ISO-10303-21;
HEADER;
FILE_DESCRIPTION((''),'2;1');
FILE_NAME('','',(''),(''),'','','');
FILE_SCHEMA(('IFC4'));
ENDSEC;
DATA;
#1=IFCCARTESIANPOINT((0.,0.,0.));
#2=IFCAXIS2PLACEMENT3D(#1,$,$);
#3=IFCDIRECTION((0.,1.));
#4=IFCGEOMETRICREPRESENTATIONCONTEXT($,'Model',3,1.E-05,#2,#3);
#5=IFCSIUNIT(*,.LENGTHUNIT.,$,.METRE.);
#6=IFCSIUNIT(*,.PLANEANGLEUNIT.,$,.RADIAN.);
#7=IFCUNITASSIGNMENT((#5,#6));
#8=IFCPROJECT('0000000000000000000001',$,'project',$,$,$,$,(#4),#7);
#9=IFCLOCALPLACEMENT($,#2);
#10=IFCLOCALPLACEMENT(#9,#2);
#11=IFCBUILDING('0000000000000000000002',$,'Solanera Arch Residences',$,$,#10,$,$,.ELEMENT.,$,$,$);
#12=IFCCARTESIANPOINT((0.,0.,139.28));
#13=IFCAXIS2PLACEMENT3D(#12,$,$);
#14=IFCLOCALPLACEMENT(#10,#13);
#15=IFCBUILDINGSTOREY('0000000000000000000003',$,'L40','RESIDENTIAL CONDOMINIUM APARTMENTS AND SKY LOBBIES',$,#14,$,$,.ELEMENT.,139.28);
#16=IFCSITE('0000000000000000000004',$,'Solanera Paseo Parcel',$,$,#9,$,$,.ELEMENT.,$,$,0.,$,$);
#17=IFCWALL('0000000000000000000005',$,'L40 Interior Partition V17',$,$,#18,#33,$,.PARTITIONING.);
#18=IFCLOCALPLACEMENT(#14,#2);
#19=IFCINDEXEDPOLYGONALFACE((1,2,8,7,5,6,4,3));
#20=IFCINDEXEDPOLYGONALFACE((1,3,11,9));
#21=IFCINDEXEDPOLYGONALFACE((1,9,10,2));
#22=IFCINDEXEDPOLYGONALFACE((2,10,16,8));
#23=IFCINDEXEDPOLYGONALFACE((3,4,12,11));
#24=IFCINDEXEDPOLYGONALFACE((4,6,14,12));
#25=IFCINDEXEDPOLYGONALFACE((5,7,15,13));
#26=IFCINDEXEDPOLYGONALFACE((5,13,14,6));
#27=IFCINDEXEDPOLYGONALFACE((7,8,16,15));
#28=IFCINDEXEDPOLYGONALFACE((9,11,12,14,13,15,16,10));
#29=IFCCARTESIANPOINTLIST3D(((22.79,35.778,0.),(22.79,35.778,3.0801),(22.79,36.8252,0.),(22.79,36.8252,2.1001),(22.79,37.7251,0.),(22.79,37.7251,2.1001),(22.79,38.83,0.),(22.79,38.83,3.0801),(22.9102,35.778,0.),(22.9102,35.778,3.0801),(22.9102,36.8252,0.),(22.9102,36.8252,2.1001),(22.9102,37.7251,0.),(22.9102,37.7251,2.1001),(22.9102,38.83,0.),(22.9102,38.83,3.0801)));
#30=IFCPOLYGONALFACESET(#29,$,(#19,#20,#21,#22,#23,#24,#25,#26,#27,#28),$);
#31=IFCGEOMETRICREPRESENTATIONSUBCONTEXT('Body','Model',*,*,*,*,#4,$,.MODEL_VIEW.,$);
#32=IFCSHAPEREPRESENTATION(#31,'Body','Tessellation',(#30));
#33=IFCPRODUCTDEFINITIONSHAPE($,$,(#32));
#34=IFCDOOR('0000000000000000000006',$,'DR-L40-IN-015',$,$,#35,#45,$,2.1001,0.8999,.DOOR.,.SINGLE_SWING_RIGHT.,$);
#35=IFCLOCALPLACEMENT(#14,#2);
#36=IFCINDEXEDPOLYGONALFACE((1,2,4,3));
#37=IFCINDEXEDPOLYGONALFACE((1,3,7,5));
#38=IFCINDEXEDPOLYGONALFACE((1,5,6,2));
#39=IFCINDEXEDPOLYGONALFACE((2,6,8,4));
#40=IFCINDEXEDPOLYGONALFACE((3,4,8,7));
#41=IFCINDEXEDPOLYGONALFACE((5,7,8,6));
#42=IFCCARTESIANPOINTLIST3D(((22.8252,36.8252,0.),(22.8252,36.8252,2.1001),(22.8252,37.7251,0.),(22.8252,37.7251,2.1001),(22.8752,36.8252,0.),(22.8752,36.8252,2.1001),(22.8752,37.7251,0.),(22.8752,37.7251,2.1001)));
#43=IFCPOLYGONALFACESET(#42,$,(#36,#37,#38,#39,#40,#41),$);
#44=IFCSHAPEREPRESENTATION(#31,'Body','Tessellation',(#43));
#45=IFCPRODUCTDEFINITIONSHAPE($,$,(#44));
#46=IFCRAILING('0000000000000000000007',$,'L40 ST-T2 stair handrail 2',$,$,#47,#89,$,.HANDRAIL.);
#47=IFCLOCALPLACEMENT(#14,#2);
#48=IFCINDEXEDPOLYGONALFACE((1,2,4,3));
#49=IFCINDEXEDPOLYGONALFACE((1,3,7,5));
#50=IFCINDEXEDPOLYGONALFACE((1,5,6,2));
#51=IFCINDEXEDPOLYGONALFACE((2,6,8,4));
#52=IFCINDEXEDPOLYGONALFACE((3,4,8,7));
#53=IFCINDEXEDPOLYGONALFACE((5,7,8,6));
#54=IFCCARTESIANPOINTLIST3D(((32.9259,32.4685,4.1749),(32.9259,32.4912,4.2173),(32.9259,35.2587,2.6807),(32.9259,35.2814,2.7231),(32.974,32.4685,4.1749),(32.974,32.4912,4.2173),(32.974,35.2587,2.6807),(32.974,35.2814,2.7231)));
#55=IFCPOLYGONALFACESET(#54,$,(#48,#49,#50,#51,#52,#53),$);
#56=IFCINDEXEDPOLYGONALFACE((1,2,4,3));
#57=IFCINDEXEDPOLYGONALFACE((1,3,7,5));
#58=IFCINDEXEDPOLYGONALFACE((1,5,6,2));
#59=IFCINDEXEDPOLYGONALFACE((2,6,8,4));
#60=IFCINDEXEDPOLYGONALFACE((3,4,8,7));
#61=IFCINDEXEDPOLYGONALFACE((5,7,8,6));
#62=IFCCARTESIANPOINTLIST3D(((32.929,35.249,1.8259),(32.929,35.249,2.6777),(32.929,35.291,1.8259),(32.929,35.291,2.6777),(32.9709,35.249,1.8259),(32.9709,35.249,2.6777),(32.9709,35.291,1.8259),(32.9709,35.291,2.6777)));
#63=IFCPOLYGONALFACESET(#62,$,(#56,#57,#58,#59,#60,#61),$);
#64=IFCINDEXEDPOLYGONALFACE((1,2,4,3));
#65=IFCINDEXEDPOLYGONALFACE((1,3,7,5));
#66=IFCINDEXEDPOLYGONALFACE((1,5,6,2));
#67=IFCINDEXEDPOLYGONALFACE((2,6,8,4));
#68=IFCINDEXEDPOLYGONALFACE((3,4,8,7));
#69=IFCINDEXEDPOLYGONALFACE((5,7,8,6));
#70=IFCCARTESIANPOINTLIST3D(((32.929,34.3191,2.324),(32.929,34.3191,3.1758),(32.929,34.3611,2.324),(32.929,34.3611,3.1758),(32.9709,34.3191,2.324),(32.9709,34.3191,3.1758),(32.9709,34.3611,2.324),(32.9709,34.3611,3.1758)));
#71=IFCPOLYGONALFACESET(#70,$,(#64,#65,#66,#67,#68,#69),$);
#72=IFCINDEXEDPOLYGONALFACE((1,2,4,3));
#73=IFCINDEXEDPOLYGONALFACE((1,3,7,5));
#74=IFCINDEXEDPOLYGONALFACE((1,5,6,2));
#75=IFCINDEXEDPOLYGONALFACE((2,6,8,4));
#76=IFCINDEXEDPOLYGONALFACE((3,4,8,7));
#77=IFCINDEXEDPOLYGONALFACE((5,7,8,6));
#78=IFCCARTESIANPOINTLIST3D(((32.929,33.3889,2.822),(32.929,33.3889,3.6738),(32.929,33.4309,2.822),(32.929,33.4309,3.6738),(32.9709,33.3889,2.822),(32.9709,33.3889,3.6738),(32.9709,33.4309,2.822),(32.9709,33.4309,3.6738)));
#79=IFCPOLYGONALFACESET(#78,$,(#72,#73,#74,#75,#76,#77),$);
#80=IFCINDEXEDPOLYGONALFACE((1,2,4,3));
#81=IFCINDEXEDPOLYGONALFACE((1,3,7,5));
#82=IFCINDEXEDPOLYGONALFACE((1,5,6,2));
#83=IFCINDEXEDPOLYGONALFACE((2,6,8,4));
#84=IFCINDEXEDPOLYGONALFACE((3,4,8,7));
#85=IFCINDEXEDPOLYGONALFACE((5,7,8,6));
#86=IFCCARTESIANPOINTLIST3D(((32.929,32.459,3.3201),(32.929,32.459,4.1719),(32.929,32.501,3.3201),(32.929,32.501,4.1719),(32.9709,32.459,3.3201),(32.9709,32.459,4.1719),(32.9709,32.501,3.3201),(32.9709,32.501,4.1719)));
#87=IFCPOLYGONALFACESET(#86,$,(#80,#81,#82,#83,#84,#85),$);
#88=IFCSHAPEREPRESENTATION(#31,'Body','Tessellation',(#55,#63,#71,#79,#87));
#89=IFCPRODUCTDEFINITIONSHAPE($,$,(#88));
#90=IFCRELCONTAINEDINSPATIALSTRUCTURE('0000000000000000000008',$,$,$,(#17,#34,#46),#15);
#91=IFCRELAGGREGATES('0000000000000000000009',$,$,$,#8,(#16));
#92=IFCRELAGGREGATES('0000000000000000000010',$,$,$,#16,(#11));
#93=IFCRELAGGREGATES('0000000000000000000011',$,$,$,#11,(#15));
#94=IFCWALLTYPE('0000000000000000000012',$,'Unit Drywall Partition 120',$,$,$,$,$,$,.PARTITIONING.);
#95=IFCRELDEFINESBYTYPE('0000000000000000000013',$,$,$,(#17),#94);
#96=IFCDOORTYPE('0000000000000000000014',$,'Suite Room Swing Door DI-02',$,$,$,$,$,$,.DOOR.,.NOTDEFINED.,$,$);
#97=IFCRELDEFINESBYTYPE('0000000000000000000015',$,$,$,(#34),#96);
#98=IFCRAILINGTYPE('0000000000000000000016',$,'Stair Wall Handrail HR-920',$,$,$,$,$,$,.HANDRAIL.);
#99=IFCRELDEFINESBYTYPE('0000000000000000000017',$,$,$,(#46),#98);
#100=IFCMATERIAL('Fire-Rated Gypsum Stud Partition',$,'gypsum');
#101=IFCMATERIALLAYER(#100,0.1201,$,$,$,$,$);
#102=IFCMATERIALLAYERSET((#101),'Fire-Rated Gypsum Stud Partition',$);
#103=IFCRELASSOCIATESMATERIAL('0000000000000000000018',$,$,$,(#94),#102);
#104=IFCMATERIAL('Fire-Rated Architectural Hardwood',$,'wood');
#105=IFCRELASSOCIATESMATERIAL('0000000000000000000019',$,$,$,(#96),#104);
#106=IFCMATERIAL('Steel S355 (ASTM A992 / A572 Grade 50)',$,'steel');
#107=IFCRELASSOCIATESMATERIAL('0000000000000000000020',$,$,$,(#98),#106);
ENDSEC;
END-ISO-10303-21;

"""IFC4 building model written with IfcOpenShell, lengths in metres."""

from ifc_helpers import new_model, si_unit, direction, frame, frame_2d, origin, origin_2d, place, context, subcontext, project, spatial, rectangle, extrude, material, layer, layer_set, type_object, element, fill, save


model = new_model("IFC4")

# Units and contexts
model_context = context("Model", 3, precision=1e-05, world=origin(), true_north=direction((0.0, 1.0)))
body_context = subcontext(model_context, "Body", "Model", "MODEL_VIEW")
ifc_project = project(units=[si_unit("LENGTHUNIT", "METRE"), si_unit("PLANEANGLEUNIT", "RADIAN")], contexts=[model_context])

# Site, building, storey
site_placement = place(None, origin())
site = spatial("IfcSite", under=ifc_project, at=site_placement, Name="Solanera Paseo Parcel", CompositionType="ELEMENT", RefElevation=0.0)
building_placement = place(site_placement, origin())
building = spatial("IfcBuilding", under=site, at=building_placement, Name="Solanera Arch Residences", CompositionType="ELEMENT")
storey_placement = place(building_placement, frame((0.0, 0.0, 139.28)))
storey = spatial("IfcBuildingStorey", under=building, at=storey_placement, Name="L40", Description="RESIDENTIAL CONDOMINIUM APARTMENTS AND SKY LOBBIES", CompositionType="ELEMENT", Elevation=139.28)

# Wall, opening, door
ifc_material_1 = material(Name="Fire-Rated Gypsum Stud Partition", Category="gypsum")
ifc_layer_1 = layer(ifc_material_1, 0.1201)
ifc_layer_set_1 = layer_set([ifc_layer_1], Name="Fire-Rated Gypsum Stud Partition")
wall_type_1 = type_object("IfcWallType", Name="Unit Drywall Partition 120", PredefinedType="PARTITIONING", material=ifc_layer_set_1)
wall_1_placement = place(storey_placement, frame((22.8501, 35.7781, 0.0), z_axis=(0.0, 0.0, 1.0), x_axis=(0.0, 1.0, 0.0)))
wall_1 = element("IfcWall", 1, at=wall_1_placement, inside=storey, type_object=wall_type_1, Name="L40 Interior Partition V17", PredefinedType="PARTITIONING", context=body_context, shape_type="SweptSolid", body=[
    extrude(rectangle(XDim=3.052, YDim=0.1201, at=frame_2d((1.5259, 0.0))), origin(), (0.0, 0.0, 1.0), 3.0801),
])
opening_1_placement = place(wall_1_placement, frame((1.0471, 0.0, 0.0)))
opening_1 = element("IfcOpeningElement", 2, at=opening_1_placement, cuts=wall_1, PredefinedType="OPENING", context=body_context, shape_type="SweptSolid", body=[
    extrude(rectangle(XDim=0.8999, YDim=2.1001, at=frame_2d((0.45, 1.05))), frame((0.0, 0.0701, 0.0), z_axis=(0.0, -1.0, 0.0), x_axis=(1.0, 0.0, 0.0)), (0.0, 0.0, 1.0), 0.1401),
])
ifc_material_2 = material(Name="Fire-Rated Architectural Hardwood", Category="wood")
door_type_1 = type_object("IfcDoorType", Name="Suite Room Swing Door DI-02", OperationType="NOTDEFINED", PredefinedType="DOOR", material=ifc_material_2)
door_1_placement = place(opening_1_placement, origin())
door_1 = element("IfcDoor", 3, at=door_1_placement, inside=storey, type_object=door_type_1, Name="DR-L40-IN-015", OperationType="SINGLE_SWING_RIGHT", OverallHeight=2.1001, OverallWidth=0.8999, PredefinedType="DOOR", context=body_context, shape_type="SweptSolid", body=[
    extrude(rectangle(XDim=0.8999, YDim=2.1001, at=frame_2d((0.45, 1.05))), frame((0.0, 0.0249, 0.0), z_axis=(0.0, -1.0, 0.0), x_axis=(1.0, 0.0, 0.0)), (0.0, 0.0, 1.0), 0.05),
])
fill(opening_1, door_1)

# Railing
ifc_material_3 = material(Name="Steel S355 (ASTM A992 / A572 Grade 50)", Category="steel")
railing_type = type_object("IfcRailingType", Name="Stair Wall Handrail HR-920", PredefinedType="HANDRAIL", material=ifc_material_3)
railing_placement = place(storey_placement, frame((32.95, 35.27, 1.8259)))
element("IfcRailing", 4, at=railing_placement, inside=storey, type_object=railing_type, Name="L40 ST-T2 stair handrail 2", PredefinedType="HANDRAIL", context=body_context, shape_type="SweptSolid", body=[
    extrude(rectangle(XDim=0.0481, YDim=0.0481, at=origin_2d()), frame((0.0, 0.0, 0.876), z_axis=(0.0, -0.881549, 0.472093), x_axis=(1.0, 0.0, 0.0)), (0.0, 0.0, 1.0), 3.165),
    extrude(rectangle(XDim=0.042, YDim=0.042, at=origin_2d()), origin(), (0.0, 0.0, 1.0), 0.8518),
    extrude(rectangle(XDim=0.042, YDim=0.042, at=origin_2d()), frame((0.0, -0.9299, 0.498)), (0.0, 0.0, 1.0), 0.8518),
    extrude(rectangle(XDim=0.042, YDim=0.042, at=origin_2d()), frame((0.0, -1.8601, 0.9961)), (0.0, 0.0, 1.0), 0.8518),
    extrude(rectangle(XDim=0.042, YDim=0.042, at=origin_2d()), frame((0.0, -2.79, 1.4941)), (0.0, 0.0, 1.0), 0.8518),
])

save(model, "model.ifc")
